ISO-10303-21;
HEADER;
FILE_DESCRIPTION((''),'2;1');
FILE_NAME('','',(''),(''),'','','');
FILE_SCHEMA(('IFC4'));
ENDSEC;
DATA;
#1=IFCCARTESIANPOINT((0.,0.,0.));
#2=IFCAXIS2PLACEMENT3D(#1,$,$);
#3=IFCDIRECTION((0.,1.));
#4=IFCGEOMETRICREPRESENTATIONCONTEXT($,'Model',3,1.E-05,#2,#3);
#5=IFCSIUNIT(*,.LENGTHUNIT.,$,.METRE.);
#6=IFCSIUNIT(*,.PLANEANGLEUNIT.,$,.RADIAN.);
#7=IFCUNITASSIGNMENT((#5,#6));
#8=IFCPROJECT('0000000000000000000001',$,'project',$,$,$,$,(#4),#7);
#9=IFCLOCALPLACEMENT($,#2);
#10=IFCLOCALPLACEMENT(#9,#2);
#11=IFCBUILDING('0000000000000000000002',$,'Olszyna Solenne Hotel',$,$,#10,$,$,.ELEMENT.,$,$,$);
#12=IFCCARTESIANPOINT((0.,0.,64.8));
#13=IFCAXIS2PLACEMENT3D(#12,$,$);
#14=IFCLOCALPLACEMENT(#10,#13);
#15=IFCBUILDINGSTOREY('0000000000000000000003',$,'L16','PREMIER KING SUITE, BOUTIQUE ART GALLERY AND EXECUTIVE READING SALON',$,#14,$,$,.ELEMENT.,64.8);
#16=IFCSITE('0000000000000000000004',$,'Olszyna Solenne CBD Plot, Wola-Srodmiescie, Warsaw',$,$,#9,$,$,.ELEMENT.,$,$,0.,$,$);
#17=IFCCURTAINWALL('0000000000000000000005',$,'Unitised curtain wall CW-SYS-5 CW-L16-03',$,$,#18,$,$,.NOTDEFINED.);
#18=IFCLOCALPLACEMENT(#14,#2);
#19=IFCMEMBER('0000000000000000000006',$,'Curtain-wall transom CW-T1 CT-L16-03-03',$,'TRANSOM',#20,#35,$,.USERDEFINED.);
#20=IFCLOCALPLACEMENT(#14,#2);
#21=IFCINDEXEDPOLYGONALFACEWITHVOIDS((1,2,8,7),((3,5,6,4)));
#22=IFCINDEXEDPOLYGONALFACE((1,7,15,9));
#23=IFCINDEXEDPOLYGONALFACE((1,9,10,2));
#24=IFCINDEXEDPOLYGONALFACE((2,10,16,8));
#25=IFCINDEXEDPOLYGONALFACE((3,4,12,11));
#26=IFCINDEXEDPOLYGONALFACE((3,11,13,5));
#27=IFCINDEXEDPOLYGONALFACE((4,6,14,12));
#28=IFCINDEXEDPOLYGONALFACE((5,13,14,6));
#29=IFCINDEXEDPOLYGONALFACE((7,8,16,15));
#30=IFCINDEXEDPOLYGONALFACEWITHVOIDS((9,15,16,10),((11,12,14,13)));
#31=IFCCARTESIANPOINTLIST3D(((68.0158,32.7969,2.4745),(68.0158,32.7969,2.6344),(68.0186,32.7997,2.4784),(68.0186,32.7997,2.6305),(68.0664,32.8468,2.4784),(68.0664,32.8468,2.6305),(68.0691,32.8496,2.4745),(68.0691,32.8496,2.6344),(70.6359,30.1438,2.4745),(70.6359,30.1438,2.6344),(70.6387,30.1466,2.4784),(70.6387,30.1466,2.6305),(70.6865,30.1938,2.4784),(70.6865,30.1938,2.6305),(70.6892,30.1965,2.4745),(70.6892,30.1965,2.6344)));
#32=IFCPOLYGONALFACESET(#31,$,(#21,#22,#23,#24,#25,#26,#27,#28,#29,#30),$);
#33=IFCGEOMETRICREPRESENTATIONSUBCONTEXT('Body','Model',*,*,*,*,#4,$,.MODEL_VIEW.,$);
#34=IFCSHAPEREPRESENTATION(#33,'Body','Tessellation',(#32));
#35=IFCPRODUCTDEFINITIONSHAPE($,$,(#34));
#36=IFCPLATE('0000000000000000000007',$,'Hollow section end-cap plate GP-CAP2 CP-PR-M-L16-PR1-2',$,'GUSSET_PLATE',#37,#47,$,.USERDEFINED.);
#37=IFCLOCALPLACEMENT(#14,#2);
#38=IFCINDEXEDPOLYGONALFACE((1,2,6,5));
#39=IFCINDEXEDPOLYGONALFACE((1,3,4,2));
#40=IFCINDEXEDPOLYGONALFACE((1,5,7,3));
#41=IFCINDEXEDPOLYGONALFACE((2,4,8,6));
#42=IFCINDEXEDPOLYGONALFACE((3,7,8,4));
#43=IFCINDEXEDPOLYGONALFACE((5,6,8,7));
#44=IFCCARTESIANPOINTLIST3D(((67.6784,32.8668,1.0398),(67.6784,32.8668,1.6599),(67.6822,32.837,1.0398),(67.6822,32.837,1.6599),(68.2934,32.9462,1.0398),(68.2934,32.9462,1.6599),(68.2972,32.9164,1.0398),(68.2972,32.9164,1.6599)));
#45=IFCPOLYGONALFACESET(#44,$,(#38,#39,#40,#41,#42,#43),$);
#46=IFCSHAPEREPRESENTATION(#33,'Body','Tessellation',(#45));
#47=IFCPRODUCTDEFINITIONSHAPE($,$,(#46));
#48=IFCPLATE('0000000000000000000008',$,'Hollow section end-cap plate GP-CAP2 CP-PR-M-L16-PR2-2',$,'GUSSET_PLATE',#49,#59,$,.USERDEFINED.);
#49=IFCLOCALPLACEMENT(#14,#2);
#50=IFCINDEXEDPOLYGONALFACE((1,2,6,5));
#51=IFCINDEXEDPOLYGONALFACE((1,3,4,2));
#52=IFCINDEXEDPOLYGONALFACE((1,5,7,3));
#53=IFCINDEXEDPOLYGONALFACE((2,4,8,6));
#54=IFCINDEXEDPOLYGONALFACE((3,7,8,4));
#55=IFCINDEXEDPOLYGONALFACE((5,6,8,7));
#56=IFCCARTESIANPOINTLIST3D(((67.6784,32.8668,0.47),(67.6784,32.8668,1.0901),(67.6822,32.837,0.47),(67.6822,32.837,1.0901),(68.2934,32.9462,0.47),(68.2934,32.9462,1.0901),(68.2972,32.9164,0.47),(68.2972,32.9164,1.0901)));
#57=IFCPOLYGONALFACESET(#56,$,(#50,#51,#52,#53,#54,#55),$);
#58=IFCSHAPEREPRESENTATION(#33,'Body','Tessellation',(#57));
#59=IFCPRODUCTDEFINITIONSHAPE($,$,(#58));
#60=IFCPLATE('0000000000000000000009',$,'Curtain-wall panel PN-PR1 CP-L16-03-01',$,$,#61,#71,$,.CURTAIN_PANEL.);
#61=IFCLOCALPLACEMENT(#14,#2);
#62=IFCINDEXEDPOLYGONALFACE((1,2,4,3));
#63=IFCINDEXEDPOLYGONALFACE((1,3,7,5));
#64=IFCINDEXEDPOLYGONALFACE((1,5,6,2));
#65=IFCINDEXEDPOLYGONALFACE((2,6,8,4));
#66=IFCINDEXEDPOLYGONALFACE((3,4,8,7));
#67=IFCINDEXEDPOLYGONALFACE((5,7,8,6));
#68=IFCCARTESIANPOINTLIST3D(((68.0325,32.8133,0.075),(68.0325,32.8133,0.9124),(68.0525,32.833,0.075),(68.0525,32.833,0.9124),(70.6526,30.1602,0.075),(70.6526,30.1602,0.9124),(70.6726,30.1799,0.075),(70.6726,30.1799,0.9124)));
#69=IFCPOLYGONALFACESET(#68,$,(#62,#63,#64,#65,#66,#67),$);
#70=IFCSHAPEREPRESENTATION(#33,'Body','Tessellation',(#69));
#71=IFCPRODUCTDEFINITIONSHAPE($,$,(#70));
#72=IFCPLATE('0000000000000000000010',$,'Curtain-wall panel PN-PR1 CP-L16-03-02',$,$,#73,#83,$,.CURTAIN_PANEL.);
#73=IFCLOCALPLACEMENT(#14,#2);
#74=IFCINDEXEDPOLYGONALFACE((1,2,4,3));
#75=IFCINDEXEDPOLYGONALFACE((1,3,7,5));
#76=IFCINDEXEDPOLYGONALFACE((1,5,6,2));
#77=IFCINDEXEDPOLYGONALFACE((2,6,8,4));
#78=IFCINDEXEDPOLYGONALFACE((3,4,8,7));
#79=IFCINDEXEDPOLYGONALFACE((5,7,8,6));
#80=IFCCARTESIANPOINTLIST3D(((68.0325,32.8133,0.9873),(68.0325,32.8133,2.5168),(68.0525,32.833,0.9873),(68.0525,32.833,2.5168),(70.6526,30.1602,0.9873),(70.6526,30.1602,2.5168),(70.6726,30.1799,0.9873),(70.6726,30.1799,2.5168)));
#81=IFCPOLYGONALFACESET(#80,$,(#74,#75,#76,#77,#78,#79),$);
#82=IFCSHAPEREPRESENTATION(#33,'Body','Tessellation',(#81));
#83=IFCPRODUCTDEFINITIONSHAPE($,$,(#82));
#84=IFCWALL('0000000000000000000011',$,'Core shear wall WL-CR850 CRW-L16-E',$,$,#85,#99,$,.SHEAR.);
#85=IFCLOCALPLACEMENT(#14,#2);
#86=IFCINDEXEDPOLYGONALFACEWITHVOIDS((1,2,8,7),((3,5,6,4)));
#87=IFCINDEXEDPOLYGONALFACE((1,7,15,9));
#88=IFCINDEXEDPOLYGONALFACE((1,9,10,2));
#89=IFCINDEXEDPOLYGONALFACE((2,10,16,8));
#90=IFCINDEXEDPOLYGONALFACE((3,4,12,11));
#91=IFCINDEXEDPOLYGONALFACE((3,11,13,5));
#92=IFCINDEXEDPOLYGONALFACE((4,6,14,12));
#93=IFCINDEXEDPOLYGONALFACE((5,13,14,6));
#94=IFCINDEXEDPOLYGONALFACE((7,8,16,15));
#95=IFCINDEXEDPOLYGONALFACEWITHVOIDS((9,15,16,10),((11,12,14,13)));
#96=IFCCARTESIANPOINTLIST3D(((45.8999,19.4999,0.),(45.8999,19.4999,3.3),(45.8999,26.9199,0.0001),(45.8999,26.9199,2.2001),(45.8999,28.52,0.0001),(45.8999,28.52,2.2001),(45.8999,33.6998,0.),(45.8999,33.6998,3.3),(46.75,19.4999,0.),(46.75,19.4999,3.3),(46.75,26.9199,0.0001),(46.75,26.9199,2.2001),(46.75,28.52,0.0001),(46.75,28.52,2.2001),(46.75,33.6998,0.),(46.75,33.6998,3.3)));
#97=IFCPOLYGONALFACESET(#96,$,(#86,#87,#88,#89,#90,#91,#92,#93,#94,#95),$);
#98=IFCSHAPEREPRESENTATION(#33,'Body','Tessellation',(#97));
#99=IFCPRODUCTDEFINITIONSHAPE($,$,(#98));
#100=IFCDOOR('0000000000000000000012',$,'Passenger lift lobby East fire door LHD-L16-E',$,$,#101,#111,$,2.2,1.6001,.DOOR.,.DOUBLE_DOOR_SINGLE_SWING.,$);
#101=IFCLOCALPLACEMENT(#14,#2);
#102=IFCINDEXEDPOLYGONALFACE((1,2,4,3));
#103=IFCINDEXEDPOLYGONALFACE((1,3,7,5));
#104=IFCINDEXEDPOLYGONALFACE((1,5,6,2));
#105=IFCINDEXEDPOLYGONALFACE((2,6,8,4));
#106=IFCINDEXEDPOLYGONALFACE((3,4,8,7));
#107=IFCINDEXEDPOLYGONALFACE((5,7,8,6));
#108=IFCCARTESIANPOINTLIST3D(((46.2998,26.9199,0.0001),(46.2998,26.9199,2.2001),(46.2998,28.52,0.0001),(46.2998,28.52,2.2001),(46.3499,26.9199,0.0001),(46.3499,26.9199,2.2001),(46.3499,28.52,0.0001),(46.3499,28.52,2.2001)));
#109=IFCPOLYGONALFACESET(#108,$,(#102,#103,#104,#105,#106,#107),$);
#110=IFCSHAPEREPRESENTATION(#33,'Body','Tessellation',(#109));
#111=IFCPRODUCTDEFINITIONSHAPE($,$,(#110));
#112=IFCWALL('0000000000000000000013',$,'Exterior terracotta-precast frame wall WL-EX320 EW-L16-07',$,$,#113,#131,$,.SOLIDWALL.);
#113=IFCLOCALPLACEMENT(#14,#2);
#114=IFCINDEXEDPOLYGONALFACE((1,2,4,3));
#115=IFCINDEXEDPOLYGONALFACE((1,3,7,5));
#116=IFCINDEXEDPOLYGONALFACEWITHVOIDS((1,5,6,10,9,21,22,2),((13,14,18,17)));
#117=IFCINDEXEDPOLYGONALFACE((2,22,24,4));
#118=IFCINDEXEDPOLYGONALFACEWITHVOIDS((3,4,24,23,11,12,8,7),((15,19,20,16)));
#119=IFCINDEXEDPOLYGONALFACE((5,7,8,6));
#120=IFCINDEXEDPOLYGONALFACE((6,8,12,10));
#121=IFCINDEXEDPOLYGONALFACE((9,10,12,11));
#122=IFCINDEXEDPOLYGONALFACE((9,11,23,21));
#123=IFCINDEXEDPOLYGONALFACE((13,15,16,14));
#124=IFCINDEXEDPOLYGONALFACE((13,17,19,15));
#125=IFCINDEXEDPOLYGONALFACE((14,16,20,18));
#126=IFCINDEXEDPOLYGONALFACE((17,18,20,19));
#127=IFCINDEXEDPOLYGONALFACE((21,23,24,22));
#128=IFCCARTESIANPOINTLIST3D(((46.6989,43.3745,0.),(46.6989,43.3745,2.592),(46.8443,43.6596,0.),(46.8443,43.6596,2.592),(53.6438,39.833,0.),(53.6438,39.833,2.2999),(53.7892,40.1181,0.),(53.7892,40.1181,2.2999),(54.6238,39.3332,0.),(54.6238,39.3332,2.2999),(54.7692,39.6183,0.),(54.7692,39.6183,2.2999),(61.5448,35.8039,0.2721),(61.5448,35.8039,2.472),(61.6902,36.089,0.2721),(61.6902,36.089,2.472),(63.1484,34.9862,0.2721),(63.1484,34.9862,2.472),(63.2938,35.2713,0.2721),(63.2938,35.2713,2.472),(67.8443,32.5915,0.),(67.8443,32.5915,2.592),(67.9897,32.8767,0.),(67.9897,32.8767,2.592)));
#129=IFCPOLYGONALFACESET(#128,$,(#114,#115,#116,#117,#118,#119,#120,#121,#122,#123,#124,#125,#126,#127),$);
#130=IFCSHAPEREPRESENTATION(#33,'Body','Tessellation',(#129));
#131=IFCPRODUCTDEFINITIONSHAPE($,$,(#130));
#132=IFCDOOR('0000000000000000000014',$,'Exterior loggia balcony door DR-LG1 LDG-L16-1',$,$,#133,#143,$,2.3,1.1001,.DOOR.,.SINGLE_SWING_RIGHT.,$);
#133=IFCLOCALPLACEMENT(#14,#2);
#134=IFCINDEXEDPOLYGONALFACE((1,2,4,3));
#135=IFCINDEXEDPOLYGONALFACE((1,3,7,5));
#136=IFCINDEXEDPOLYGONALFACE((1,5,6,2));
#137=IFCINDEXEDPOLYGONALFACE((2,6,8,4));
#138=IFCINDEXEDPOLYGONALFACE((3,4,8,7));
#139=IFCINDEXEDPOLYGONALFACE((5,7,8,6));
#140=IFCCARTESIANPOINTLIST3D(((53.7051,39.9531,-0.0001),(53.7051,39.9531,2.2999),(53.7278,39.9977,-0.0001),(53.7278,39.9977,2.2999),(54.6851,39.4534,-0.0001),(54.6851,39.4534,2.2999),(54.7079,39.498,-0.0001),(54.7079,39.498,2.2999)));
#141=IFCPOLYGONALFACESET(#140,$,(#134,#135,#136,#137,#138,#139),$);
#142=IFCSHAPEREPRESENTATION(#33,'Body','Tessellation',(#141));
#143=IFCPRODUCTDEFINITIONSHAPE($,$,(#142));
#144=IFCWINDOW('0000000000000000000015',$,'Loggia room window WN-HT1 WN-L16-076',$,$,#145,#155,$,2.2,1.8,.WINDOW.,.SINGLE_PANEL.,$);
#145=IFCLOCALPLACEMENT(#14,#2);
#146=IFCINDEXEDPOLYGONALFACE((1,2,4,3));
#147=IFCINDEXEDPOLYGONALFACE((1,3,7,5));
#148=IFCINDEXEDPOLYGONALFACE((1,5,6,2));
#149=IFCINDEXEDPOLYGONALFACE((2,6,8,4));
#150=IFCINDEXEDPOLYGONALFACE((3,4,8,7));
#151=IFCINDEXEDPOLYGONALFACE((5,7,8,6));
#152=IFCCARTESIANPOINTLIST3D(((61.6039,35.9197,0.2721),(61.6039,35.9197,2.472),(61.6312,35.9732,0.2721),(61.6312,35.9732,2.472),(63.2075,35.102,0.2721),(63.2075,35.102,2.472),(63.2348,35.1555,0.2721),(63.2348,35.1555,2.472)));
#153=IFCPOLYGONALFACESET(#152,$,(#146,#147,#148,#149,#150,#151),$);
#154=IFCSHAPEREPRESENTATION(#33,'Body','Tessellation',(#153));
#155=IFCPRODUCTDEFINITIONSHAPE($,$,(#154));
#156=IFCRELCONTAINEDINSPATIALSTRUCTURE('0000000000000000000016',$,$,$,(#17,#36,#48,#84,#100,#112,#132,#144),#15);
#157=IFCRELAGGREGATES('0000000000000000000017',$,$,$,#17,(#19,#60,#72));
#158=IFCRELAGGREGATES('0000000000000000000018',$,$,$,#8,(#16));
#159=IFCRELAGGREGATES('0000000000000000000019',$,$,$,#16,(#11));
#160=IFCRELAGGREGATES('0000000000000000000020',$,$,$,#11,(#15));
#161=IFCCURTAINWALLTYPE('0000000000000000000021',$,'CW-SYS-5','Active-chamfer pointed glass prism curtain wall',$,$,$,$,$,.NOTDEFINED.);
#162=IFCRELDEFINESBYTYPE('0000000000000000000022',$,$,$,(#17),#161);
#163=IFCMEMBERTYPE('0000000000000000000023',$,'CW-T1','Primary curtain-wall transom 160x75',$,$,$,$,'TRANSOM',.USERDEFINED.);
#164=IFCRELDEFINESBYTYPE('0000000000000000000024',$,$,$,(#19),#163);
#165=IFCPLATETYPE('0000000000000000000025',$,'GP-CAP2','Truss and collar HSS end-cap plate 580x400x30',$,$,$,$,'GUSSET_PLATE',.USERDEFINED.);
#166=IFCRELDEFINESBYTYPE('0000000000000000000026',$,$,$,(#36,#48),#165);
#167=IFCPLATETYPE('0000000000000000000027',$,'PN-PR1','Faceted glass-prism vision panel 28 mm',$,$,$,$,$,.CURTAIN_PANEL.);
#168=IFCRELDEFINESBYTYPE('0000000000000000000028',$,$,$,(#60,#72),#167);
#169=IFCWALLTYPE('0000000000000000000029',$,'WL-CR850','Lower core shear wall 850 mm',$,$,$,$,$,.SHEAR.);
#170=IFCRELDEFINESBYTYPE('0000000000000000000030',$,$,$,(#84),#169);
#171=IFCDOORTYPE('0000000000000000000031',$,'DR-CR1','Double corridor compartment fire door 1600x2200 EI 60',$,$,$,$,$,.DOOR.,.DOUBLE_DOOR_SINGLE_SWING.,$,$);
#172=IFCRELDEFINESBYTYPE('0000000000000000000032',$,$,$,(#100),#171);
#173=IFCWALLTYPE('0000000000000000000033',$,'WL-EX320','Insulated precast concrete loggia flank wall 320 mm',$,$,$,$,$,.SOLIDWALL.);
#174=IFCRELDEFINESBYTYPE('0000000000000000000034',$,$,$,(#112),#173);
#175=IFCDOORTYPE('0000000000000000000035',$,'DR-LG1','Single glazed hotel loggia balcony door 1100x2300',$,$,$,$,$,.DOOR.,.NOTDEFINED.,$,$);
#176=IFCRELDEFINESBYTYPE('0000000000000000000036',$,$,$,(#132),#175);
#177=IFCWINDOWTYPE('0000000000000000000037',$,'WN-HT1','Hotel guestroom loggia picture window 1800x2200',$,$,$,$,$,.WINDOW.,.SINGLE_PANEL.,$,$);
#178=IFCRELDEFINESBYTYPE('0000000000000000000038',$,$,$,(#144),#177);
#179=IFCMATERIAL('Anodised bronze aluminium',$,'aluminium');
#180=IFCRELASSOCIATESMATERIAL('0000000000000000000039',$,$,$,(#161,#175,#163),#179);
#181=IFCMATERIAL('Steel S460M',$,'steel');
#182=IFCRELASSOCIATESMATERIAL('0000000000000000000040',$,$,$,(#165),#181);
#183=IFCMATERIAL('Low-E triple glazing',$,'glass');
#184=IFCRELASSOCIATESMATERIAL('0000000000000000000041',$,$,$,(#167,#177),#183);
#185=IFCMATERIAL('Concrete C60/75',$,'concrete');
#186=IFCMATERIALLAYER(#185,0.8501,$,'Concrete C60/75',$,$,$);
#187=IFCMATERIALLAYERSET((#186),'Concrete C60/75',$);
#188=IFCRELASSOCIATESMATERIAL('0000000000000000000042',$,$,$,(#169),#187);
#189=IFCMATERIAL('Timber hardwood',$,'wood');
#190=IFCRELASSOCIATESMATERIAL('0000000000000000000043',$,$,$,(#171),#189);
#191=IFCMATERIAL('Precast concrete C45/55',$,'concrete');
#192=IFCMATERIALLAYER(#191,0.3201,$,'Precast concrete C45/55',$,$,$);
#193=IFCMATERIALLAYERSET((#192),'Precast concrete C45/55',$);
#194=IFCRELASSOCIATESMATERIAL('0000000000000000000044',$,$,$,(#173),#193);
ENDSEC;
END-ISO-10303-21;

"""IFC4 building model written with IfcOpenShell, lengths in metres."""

from ifc_helpers import new_model, si_unit, direction, frame, frame_2d, origin, origin_2d, place, context, subcontext, project, spatial, rectangle, hollow_rectangle, extrude, source, transform, mapped, material, layer, layer_set, material_profile, profile_set, type_object, type_shapes, element, fill, aggregate, save


model = new_model("IFC4")

# Units and contexts
model_context = context("Model", 3, precision=1e-05, world=origin(), true_north=direction((0.0, 1.0)))
body_context = subcontext(model_context, "Body", "Model", "MODEL_VIEW")
ifc_project = project(units=[si_unit("LENGTHUNIT", "METRE"), si_unit("PLANEANGLEUNIT", "RADIAN")], contexts=[model_context])

# Site, building, storey
site_placement = place(None, origin())
site = spatial("IfcSite", under=ifc_project, at=site_placement, Name="Olszyna Solenne CBD Plot, Wola-Srodmiescie, Warsaw", CompositionType="ELEMENT", RefElevation=0.0)
building_placement = place(site_placement, origin())
building = spatial("IfcBuilding", under=site, at=building_placement, Name="Olszyna Solenne Hotel", CompositionType="ELEMENT")
storey_placement = place(building_placement, frame((0.0, 0.0, 64.8)))
storey = spatial("IfcBuildingStorey", under=building, at=storey_placement, Name="L16", Description="PREMIER KING SUITE, BOUTIQUE ART GALLERY AND EXECUTIVE READING SALON", CompositionType="ELEMENT", Elevation=64.8)

# Shared definitions
ifc_material_1 = material(Name="Steel S460M", Category="steel")

# Shared definitions
ifc_material_2 = material(Name="Anodised bronze aluminium", Category="aluminium")

# Curtain wall, member
curtain_wall_type_1 = type_object("IfcCurtainWallType", Name="CW-SYS-5", Description="Active-chamfer pointed glass prism curtain wall", PredefinedType="NOTDEFINED", material=ifc_material_2)
curtain_wall_1_placement = place(storey_placement, origin())
curtain_wall_1 = element("IfcCurtainWall", 1, at=curtain_wall_1_placement, inside=storey, type_object=curtain_wall_type_1, Name="Unitised curtain wall CW-SYS-5 CW-L16-03", PredefinedType="NOTDEFINED")
ifc_material_profile_1 = material_profile(ifc_material_2, hollow_rectangle(XDim=0.075, YDim=0.1599, WallThickness=0.0039, at=origin_2d()), Name="TRAN 160x75x4", Category="load-bearing")
ifc_profile_set_1 = profile_set([ifc_material_profile_1], Name="Anodised bronze aluminium")
member_type_1 = type_object("IfcMemberType", Name="CW-T1", Description="Primary curtain-wall transom 160x75", ElementType="TRANSOM", PredefinedType="USERDEFINED", material=ifc_profile_set_1)
shared_shape_1 = source(origin(), body_context, "Body", "SweptSolid", [
    extrude(hollow_rectangle(XDim=0.075, YDim=0.1599, WallThickness=0.0039, at=origin_2d()), origin(), (0.0, 0.0, 1.0), 3.7288),
])
member_1_placement = place(storey_placement, frame((68.0425, 32.8232, 2.5544), z_axis=(0.702673, -0.711513, 0.0), x_axis=(0.711513, 0.702673, 0.0)))
member_1 = element("IfcMember", 2, at=member_1_placement, type_object=member_type_1, Name="Curtain-wall transom CW-T1 CT-L16-03-03", ObjectType="TRANSOM", PredefinedType="USERDEFINED", context=body_context, shape_type="MappedRepresentation", body=[
    mapped(shared_shape_1, transform((0.0, 0.0, 0.0), x_axis=(1.0, 0.0, 0.0), y_axis=(0.0, 1.0, 0.0), z_axis=(0.0, 0.0, 1.0), scale=1.0)),
])

# Plates
plate_type_1 = type_object("IfcPlateType", Name="GP-CAP2", Description="Truss and collar HSS end-cap plate 580x400x30", ElementType="GUSSET_PLATE", PredefinedType="USERDEFINED", material=ifc_material_1)
shared_shape_2 = source(origin(), body_context, "Body", "SweptSolid", [
    extrude(rectangle(XDim=0.03, YDim=0.6201, at=origin_2d()), origin(), (0.0, 0.0, 1.0), 0.6201),
])
for number, where, z_axis, x_axis, name in (
    (3, (67.9878, 32.8916, 1.0398), (0.0, 0.0, 1.0), (-0.12793, 0.991783, 0.0), "Hollow section end-cap plate GP-CAP2 CP-PR-M-L16-PR1-2"),
    (4, (67.9878, 32.8916, 0.47), (0.0, 0.0, 1.0), (-0.12793, 0.991783, 0.0), "Hollow section end-cap plate GP-CAP2 CP-PR-M-L16-PR2-2"),
):
    element("IfcPlate", number, at=place(storey_placement, frame(where, z_axis=z_axis, x_axis=x_axis)), inside=storey, type_object=plate_type_1, Name=name, ObjectType="GUSSET_PLATE", PredefinedType="USERDEFINED", context=body_context, shape_type="MappedRepresentation", body=[
        mapped(shared_shape_2, transform((0.0, 0.0, 0.0), x_axis=(1.0, 0.0, 0.0), y_axis=(0.0, 1.0, 0.0), z_axis=(0.0, 0.0, 1.0), scale=1.0)),
    ])

# Plates
ifc_material_3 = material(Name="Low-E triple glazing", Category="glass")
plate_type_2 = type_object("IfcPlateType", Name="PN-PR1", Description="Faceted glass-prism vision panel 28 mm", PredefinedType="CURTAIN_PANEL", material=ifc_material_3)
shared_shape_3 = source(origin(), body_context, "Body", "SweptSolid", [
    extrude(rectangle(XDim=3.7288, YDim=0.0281, at=origin_2d()), origin(), (0.0, 0.0, 1.0), 0.8374),
])
plate_1_placement = place(storey_placement, frame((69.3525, 31.4966, 0.075), z_axis=(0.0, 0.0, 1.0), x_axis=(0.702659, -0.711527, 0.0)))
plate_1 = element("IfcPlate", 5, at=plate_1_placement, type_object=plate_type_2, Name="Curtain-wall panel PN-PR1 CP-L16-03-01", PredefinedType="CURTAIN_PANEL", context=body_context, shape_type="MappedRepresentation", body=[
    mapped(shared_shape_3, transform((0.0, 0.0, 0.0), x_axis=(1.0, 0.0, 0.0), y_axis=(0.0, 1.0, 0.0), z_axis=(0.0, 0.0, 1.0), scale=1.0)),
])
shared_shape_4 = source(origin(), body_context, "Body", "SweptSolid", [
    extrude(rectangle(XDim=3.7288, YDim=0.0281, at=origin_2d()), origin(), (0.0, 0.0, 1.0), 1.5295),
])
plate_2_placement = place(storey_placement, frame((69.3525, 31.4966, 0.9873), z_axis=(0.0, 0.0, 1.0), x_axis=(0.702659, -0.711527, 0.0)))
plate_2 = element("IfcPlate", 6, at=plate_2_placement, type_object=plate_type_2, Name="Curtain-wall panel PN-PR1 CP-L16-03-02", PredefinedType="CURTAIN_PANEL", context=body_context, shape_type="MappedRepresentation", body=[
    mapped(shared_shape_4, transform((0.0, 0.0, 0.0), x_axis=(1.0, 0.0, 0.0), y_axis=(0.0, 1.0, 0.0), z_axis=(0.0, 0.0, 1.0), scale=1.0)),
])
aggregate(curtain_wall_1, [member_1, plate_1, plate_2])

# Wall, opening, door
ifc_material_4 = material(Name="Concrete C60/75", Category="concrete")
ifc_layer_1 = layer(ifc_material_4, 0.8501, Name="Concrete C60/75")
ifc_layer_set_1 = layer_set([ifc_layer_1], Name="Concrete C60/75")
wall_type_1 = type_object("IfcWallType", Name="WL-CR850", Description="Lower core shear wall 850 mm", PredefinedType="SHEAR", material=ifc_layer_set_1)
wall_1_placement = place(storey_placement, frame((46.325, 33.7, 0.0), z_axis=(0.0, 0.0, 1.0), x_axis=(0.0, -1.0, 0.0)))
wall_1 = element("IfcWall", 7, at=wall_1_placement, inside=storey, type_object=wall_type_1, Name="Core shear wall WL-CR850 CRW-L16-E", PredefinedType="SHEAR", context=body_context, shape_type="SweptSolid", body=[
    extrude(rectangle(XDim=14.2, YDim=0.8501, at=frame_2d((7.1001, 0.0))), origin(), (0.0, 0.0, 1.0), 3.3),
])
opening_1_placement = place(wall_1_placement, frame((5.1799, 0.0, 0.0)))
opening_1 = element("IfcOpeningElement", 8, at=opening_1_placement, cuts=wall_1, PredefinedType="OPENING", context=body_context, shape_type="SweptSolid", body=[
    extrude(rectangle(XDim=1.6001, YDim=2.2, at=frame_2d((0.8, 1.1001))), frame((0.0, 0.4351, 0.0), z_axis=(0.0, -1.0, 0.0), x_axis=(1.0, 0.0, 0.0)), (0.0, 0.0, 1.0), 0.8701),
])
ifc_material_5 = material(Name="Timber hardwood", Category="wood")
door_type_1 = type_object("IfcDoorType", Name="DR-CR1", Description="Double corridor compartment fire door 1600x2200 EI 60", OperationType="DOUBLE_DOOR_SINGLE_SWING", PredefinedType="DOOR", material=ifc_material_5)
shared_shape_5 = source(origin(), body_context, "Body", "SweptSolid", [
    extrude(rectangle(XDim=1.6001, YDim=2.2, at=frame_2d((0.8, 1.1001))), frame((0.0, 0.0249, 0.0), z_axis=(0.0, -1.0, 0.0), x_axis=(1.0, 0.0, 0.0)), (0.0, 0.0, 1.0), 0.05),
])
type_shapes(door_type_1, [shared_shape_5])
door_1_placement = place(opening_1_placement, origin())
door_1 = element("IfcDoor", 9, at=door_1_placement, inside=storey, type_object=door_type_1, Name="Passenger lift lobby East fire door LHD-L16-E", OperationType="DOUBLE_DOOR_SINGLE_SWING", OverallHeight=2.2, OverallWidth=1.6001, PredefinedType="DOOR", context=body_context, shape_type="MappedRepresentation", body=[
    mapped(shared_shape_5, transform((0.0, 0.0, 0.0), x_axis=(1.0, 0.0, 0.0), y_axis=(0.0, 1.0, 0.0), z_axis=(0.0, 0.0, 1.0), scale=1.0)),
])
fill(opening_1, door_1)

# Wall, openings, door, window
ifc_material_6 = material(Name="Precast concrete C45/55", Category="concrete")
ifc_layer_2 = layer(ifc_material_6, 0.3201, Name="Precast concrete C45/55")
ifc_layer_set_2 = layer_set([ifc_layer_2], Name="Precast concrete C45/55")
wall_type_2 = type_object("IfcWallType", Name="WL-EX320", Description="Insulated precast concrete loggia flank wall 320 mm", PredefinedType="SOLIDWALL", material=ifc_layer_set_2)
wall_2_placement = place(storey_placement, frame((46.7715, 43.5171, 0.0), z_axis=(0.0, 0.0, 1.0), x_axis=(0.890857, -0.454284, 0.0)))
wall_2 = element("IfcWall", 10, at=wall_2_placement, inside=storey, type_object=wall_type_2, Name="Exterior terracotta-precast frame wall WL-EX320 EW-L16-07", PredefinedType="SOLIDWALL", context=body_context, shape_type="SweptSolid", body=[
    extrude(rectangle(XDim=23.7361, YDim=0.3201, at=frame_2d((11.8682, 0.0))), origin(), (0.0, 0.0, 1.0), 2.592),
])
opening_2_placement = place(wall_2_placement, frame((7.7959, 0.0, 0.0)))
opening_2 = element("IfcOpeningElement", 11, at=opening_2_placement, cuts=wall_2, PredefinedType="OPENING", context=body_context, shape_type="SweptSolid", body=[
    extrude(rectangle(XDim=1.1001, YDim=2.3, at=frame_2d((0.55, 1.1499))), frame((0.0, 0.1699, 0.0), z_axis=(0.0, -1.0, 0.0), x_axis=(1.0, 0.0, 0.0)), (0.0, 0.0, 1.0), 0.3401),
])
opening_3_placement = place(wall_2_placement, frame((16.665, 0.0, 0.272)))
opening_3 = element("IfcOpeningElement", 12, at=opening_3_placement, cuts=wall_2, PredefinedType="OPENING", context=body_context, shape_type="SweptSolid", body=[
    extrude(rectangle(XDim=1.8, YDim=2.2, at=frame_2d((0.8999, 1.1001))), frame((0.0, 0.1699, 0.0), z_axis=(0.0, -1.0, 0.0), x_axis=(1.0, 0.0, 0.0)), (0.0, 0.0, 1.0), 0.3401),
])
door_type_2 = type_object("IfcDoorType", Name="DR-LG1", Description="Single glazed hotel loggia balcony door 1100x2300", OperationType="NOTDEFINED", PredefinedType="DOOR", material=ifc_material_2)
shared_shape_6 = source(origin(), body_context, "Body", "SweptSolid", [
    extrude(rectangle(XDim=1.1001, YDim=2.3, at=frame_2d((0.55, 1.1499))), frame((0.0, 0.0249, 0.0), z_axis=(0.0, -1.0, 0.0), x_axis=(1.0, 0.0, 0.0)), (0.0, 0.0, 1.0), 0.05),
])
type_shapes(door_type_2, [shared_shape_6])
door_2_placement = place(opening_2_placement, origin())
door_2 = element("IfcDoor", 13, at=door_2_placement, inside=storey, type_object=door_type_2, Name="Exterior loggia balcony door DR-LG1 LDG-L16-1", OperationType="SINGLE_SWING_RIGHT", OverallHeight=2.3, OverallWidth=1.1001, PredefinedType="DOOR", context=body_context, shape_type="MappedRepresentation", body=[
    mapped(shared_shape_6, transform((0.0, 0.0, 0.0), x_axis=(1.0, 0.0, 0.0), y_axis=(0.0, 1.0, 0.0), z_axis=(0.0, 0.0, 1.0), scale=1.0)),
])
fill(opening_2, door_2)
window_type = type_object("IfcWindowType", Name="WN-HT1", Description="Hotel guestroom loggia picture window 1800x2200", PartitioningType="SINGLE_PANEL", PredefinedType="WINDOW", material=ifc_material_3)
shared_shape_7 = source(origin(), body_context, "Body", "SweptSolid", [
    extrude(rectangle(XDim=1.8, YDim=2.2, at=frame_2d((0.8999, 1.1001))), frame((0.0, 0.03, 0.0), z_axis=(0.0, -1.0, 0.0), x_axis=(1.0, 0.0, 0.0)), (0.0, 0.0, 1.0), 0.0601),
])
type_shapes(window_type, [shared_shape_7])
window_placement = place(opening_3_placement, origin())
window = element("IfcWindow", 14, at=window_placement, inside=storey, type_object=window_type, Name="Loggia room window WN-HT1 WN-L16-076", OverallHeight=2.2, OverallWidth=1.8, PartitioningType="SINGLE_PANEL", PredefinedType="WINDOW", context=body_context, shape_type="MappedRepresentation", body=[
    mapped(shared_shape_7, transform((0.0, 0.0, 0.0), x_axis=(1.0, 0.0, 0.0), y_axis=(0.0, 1.0, 0.0), z_axis=(0.0, 0.0, 1.0), scale=1.0)),
])
fill(opening_3, window)

save(model, "model.ifc")
